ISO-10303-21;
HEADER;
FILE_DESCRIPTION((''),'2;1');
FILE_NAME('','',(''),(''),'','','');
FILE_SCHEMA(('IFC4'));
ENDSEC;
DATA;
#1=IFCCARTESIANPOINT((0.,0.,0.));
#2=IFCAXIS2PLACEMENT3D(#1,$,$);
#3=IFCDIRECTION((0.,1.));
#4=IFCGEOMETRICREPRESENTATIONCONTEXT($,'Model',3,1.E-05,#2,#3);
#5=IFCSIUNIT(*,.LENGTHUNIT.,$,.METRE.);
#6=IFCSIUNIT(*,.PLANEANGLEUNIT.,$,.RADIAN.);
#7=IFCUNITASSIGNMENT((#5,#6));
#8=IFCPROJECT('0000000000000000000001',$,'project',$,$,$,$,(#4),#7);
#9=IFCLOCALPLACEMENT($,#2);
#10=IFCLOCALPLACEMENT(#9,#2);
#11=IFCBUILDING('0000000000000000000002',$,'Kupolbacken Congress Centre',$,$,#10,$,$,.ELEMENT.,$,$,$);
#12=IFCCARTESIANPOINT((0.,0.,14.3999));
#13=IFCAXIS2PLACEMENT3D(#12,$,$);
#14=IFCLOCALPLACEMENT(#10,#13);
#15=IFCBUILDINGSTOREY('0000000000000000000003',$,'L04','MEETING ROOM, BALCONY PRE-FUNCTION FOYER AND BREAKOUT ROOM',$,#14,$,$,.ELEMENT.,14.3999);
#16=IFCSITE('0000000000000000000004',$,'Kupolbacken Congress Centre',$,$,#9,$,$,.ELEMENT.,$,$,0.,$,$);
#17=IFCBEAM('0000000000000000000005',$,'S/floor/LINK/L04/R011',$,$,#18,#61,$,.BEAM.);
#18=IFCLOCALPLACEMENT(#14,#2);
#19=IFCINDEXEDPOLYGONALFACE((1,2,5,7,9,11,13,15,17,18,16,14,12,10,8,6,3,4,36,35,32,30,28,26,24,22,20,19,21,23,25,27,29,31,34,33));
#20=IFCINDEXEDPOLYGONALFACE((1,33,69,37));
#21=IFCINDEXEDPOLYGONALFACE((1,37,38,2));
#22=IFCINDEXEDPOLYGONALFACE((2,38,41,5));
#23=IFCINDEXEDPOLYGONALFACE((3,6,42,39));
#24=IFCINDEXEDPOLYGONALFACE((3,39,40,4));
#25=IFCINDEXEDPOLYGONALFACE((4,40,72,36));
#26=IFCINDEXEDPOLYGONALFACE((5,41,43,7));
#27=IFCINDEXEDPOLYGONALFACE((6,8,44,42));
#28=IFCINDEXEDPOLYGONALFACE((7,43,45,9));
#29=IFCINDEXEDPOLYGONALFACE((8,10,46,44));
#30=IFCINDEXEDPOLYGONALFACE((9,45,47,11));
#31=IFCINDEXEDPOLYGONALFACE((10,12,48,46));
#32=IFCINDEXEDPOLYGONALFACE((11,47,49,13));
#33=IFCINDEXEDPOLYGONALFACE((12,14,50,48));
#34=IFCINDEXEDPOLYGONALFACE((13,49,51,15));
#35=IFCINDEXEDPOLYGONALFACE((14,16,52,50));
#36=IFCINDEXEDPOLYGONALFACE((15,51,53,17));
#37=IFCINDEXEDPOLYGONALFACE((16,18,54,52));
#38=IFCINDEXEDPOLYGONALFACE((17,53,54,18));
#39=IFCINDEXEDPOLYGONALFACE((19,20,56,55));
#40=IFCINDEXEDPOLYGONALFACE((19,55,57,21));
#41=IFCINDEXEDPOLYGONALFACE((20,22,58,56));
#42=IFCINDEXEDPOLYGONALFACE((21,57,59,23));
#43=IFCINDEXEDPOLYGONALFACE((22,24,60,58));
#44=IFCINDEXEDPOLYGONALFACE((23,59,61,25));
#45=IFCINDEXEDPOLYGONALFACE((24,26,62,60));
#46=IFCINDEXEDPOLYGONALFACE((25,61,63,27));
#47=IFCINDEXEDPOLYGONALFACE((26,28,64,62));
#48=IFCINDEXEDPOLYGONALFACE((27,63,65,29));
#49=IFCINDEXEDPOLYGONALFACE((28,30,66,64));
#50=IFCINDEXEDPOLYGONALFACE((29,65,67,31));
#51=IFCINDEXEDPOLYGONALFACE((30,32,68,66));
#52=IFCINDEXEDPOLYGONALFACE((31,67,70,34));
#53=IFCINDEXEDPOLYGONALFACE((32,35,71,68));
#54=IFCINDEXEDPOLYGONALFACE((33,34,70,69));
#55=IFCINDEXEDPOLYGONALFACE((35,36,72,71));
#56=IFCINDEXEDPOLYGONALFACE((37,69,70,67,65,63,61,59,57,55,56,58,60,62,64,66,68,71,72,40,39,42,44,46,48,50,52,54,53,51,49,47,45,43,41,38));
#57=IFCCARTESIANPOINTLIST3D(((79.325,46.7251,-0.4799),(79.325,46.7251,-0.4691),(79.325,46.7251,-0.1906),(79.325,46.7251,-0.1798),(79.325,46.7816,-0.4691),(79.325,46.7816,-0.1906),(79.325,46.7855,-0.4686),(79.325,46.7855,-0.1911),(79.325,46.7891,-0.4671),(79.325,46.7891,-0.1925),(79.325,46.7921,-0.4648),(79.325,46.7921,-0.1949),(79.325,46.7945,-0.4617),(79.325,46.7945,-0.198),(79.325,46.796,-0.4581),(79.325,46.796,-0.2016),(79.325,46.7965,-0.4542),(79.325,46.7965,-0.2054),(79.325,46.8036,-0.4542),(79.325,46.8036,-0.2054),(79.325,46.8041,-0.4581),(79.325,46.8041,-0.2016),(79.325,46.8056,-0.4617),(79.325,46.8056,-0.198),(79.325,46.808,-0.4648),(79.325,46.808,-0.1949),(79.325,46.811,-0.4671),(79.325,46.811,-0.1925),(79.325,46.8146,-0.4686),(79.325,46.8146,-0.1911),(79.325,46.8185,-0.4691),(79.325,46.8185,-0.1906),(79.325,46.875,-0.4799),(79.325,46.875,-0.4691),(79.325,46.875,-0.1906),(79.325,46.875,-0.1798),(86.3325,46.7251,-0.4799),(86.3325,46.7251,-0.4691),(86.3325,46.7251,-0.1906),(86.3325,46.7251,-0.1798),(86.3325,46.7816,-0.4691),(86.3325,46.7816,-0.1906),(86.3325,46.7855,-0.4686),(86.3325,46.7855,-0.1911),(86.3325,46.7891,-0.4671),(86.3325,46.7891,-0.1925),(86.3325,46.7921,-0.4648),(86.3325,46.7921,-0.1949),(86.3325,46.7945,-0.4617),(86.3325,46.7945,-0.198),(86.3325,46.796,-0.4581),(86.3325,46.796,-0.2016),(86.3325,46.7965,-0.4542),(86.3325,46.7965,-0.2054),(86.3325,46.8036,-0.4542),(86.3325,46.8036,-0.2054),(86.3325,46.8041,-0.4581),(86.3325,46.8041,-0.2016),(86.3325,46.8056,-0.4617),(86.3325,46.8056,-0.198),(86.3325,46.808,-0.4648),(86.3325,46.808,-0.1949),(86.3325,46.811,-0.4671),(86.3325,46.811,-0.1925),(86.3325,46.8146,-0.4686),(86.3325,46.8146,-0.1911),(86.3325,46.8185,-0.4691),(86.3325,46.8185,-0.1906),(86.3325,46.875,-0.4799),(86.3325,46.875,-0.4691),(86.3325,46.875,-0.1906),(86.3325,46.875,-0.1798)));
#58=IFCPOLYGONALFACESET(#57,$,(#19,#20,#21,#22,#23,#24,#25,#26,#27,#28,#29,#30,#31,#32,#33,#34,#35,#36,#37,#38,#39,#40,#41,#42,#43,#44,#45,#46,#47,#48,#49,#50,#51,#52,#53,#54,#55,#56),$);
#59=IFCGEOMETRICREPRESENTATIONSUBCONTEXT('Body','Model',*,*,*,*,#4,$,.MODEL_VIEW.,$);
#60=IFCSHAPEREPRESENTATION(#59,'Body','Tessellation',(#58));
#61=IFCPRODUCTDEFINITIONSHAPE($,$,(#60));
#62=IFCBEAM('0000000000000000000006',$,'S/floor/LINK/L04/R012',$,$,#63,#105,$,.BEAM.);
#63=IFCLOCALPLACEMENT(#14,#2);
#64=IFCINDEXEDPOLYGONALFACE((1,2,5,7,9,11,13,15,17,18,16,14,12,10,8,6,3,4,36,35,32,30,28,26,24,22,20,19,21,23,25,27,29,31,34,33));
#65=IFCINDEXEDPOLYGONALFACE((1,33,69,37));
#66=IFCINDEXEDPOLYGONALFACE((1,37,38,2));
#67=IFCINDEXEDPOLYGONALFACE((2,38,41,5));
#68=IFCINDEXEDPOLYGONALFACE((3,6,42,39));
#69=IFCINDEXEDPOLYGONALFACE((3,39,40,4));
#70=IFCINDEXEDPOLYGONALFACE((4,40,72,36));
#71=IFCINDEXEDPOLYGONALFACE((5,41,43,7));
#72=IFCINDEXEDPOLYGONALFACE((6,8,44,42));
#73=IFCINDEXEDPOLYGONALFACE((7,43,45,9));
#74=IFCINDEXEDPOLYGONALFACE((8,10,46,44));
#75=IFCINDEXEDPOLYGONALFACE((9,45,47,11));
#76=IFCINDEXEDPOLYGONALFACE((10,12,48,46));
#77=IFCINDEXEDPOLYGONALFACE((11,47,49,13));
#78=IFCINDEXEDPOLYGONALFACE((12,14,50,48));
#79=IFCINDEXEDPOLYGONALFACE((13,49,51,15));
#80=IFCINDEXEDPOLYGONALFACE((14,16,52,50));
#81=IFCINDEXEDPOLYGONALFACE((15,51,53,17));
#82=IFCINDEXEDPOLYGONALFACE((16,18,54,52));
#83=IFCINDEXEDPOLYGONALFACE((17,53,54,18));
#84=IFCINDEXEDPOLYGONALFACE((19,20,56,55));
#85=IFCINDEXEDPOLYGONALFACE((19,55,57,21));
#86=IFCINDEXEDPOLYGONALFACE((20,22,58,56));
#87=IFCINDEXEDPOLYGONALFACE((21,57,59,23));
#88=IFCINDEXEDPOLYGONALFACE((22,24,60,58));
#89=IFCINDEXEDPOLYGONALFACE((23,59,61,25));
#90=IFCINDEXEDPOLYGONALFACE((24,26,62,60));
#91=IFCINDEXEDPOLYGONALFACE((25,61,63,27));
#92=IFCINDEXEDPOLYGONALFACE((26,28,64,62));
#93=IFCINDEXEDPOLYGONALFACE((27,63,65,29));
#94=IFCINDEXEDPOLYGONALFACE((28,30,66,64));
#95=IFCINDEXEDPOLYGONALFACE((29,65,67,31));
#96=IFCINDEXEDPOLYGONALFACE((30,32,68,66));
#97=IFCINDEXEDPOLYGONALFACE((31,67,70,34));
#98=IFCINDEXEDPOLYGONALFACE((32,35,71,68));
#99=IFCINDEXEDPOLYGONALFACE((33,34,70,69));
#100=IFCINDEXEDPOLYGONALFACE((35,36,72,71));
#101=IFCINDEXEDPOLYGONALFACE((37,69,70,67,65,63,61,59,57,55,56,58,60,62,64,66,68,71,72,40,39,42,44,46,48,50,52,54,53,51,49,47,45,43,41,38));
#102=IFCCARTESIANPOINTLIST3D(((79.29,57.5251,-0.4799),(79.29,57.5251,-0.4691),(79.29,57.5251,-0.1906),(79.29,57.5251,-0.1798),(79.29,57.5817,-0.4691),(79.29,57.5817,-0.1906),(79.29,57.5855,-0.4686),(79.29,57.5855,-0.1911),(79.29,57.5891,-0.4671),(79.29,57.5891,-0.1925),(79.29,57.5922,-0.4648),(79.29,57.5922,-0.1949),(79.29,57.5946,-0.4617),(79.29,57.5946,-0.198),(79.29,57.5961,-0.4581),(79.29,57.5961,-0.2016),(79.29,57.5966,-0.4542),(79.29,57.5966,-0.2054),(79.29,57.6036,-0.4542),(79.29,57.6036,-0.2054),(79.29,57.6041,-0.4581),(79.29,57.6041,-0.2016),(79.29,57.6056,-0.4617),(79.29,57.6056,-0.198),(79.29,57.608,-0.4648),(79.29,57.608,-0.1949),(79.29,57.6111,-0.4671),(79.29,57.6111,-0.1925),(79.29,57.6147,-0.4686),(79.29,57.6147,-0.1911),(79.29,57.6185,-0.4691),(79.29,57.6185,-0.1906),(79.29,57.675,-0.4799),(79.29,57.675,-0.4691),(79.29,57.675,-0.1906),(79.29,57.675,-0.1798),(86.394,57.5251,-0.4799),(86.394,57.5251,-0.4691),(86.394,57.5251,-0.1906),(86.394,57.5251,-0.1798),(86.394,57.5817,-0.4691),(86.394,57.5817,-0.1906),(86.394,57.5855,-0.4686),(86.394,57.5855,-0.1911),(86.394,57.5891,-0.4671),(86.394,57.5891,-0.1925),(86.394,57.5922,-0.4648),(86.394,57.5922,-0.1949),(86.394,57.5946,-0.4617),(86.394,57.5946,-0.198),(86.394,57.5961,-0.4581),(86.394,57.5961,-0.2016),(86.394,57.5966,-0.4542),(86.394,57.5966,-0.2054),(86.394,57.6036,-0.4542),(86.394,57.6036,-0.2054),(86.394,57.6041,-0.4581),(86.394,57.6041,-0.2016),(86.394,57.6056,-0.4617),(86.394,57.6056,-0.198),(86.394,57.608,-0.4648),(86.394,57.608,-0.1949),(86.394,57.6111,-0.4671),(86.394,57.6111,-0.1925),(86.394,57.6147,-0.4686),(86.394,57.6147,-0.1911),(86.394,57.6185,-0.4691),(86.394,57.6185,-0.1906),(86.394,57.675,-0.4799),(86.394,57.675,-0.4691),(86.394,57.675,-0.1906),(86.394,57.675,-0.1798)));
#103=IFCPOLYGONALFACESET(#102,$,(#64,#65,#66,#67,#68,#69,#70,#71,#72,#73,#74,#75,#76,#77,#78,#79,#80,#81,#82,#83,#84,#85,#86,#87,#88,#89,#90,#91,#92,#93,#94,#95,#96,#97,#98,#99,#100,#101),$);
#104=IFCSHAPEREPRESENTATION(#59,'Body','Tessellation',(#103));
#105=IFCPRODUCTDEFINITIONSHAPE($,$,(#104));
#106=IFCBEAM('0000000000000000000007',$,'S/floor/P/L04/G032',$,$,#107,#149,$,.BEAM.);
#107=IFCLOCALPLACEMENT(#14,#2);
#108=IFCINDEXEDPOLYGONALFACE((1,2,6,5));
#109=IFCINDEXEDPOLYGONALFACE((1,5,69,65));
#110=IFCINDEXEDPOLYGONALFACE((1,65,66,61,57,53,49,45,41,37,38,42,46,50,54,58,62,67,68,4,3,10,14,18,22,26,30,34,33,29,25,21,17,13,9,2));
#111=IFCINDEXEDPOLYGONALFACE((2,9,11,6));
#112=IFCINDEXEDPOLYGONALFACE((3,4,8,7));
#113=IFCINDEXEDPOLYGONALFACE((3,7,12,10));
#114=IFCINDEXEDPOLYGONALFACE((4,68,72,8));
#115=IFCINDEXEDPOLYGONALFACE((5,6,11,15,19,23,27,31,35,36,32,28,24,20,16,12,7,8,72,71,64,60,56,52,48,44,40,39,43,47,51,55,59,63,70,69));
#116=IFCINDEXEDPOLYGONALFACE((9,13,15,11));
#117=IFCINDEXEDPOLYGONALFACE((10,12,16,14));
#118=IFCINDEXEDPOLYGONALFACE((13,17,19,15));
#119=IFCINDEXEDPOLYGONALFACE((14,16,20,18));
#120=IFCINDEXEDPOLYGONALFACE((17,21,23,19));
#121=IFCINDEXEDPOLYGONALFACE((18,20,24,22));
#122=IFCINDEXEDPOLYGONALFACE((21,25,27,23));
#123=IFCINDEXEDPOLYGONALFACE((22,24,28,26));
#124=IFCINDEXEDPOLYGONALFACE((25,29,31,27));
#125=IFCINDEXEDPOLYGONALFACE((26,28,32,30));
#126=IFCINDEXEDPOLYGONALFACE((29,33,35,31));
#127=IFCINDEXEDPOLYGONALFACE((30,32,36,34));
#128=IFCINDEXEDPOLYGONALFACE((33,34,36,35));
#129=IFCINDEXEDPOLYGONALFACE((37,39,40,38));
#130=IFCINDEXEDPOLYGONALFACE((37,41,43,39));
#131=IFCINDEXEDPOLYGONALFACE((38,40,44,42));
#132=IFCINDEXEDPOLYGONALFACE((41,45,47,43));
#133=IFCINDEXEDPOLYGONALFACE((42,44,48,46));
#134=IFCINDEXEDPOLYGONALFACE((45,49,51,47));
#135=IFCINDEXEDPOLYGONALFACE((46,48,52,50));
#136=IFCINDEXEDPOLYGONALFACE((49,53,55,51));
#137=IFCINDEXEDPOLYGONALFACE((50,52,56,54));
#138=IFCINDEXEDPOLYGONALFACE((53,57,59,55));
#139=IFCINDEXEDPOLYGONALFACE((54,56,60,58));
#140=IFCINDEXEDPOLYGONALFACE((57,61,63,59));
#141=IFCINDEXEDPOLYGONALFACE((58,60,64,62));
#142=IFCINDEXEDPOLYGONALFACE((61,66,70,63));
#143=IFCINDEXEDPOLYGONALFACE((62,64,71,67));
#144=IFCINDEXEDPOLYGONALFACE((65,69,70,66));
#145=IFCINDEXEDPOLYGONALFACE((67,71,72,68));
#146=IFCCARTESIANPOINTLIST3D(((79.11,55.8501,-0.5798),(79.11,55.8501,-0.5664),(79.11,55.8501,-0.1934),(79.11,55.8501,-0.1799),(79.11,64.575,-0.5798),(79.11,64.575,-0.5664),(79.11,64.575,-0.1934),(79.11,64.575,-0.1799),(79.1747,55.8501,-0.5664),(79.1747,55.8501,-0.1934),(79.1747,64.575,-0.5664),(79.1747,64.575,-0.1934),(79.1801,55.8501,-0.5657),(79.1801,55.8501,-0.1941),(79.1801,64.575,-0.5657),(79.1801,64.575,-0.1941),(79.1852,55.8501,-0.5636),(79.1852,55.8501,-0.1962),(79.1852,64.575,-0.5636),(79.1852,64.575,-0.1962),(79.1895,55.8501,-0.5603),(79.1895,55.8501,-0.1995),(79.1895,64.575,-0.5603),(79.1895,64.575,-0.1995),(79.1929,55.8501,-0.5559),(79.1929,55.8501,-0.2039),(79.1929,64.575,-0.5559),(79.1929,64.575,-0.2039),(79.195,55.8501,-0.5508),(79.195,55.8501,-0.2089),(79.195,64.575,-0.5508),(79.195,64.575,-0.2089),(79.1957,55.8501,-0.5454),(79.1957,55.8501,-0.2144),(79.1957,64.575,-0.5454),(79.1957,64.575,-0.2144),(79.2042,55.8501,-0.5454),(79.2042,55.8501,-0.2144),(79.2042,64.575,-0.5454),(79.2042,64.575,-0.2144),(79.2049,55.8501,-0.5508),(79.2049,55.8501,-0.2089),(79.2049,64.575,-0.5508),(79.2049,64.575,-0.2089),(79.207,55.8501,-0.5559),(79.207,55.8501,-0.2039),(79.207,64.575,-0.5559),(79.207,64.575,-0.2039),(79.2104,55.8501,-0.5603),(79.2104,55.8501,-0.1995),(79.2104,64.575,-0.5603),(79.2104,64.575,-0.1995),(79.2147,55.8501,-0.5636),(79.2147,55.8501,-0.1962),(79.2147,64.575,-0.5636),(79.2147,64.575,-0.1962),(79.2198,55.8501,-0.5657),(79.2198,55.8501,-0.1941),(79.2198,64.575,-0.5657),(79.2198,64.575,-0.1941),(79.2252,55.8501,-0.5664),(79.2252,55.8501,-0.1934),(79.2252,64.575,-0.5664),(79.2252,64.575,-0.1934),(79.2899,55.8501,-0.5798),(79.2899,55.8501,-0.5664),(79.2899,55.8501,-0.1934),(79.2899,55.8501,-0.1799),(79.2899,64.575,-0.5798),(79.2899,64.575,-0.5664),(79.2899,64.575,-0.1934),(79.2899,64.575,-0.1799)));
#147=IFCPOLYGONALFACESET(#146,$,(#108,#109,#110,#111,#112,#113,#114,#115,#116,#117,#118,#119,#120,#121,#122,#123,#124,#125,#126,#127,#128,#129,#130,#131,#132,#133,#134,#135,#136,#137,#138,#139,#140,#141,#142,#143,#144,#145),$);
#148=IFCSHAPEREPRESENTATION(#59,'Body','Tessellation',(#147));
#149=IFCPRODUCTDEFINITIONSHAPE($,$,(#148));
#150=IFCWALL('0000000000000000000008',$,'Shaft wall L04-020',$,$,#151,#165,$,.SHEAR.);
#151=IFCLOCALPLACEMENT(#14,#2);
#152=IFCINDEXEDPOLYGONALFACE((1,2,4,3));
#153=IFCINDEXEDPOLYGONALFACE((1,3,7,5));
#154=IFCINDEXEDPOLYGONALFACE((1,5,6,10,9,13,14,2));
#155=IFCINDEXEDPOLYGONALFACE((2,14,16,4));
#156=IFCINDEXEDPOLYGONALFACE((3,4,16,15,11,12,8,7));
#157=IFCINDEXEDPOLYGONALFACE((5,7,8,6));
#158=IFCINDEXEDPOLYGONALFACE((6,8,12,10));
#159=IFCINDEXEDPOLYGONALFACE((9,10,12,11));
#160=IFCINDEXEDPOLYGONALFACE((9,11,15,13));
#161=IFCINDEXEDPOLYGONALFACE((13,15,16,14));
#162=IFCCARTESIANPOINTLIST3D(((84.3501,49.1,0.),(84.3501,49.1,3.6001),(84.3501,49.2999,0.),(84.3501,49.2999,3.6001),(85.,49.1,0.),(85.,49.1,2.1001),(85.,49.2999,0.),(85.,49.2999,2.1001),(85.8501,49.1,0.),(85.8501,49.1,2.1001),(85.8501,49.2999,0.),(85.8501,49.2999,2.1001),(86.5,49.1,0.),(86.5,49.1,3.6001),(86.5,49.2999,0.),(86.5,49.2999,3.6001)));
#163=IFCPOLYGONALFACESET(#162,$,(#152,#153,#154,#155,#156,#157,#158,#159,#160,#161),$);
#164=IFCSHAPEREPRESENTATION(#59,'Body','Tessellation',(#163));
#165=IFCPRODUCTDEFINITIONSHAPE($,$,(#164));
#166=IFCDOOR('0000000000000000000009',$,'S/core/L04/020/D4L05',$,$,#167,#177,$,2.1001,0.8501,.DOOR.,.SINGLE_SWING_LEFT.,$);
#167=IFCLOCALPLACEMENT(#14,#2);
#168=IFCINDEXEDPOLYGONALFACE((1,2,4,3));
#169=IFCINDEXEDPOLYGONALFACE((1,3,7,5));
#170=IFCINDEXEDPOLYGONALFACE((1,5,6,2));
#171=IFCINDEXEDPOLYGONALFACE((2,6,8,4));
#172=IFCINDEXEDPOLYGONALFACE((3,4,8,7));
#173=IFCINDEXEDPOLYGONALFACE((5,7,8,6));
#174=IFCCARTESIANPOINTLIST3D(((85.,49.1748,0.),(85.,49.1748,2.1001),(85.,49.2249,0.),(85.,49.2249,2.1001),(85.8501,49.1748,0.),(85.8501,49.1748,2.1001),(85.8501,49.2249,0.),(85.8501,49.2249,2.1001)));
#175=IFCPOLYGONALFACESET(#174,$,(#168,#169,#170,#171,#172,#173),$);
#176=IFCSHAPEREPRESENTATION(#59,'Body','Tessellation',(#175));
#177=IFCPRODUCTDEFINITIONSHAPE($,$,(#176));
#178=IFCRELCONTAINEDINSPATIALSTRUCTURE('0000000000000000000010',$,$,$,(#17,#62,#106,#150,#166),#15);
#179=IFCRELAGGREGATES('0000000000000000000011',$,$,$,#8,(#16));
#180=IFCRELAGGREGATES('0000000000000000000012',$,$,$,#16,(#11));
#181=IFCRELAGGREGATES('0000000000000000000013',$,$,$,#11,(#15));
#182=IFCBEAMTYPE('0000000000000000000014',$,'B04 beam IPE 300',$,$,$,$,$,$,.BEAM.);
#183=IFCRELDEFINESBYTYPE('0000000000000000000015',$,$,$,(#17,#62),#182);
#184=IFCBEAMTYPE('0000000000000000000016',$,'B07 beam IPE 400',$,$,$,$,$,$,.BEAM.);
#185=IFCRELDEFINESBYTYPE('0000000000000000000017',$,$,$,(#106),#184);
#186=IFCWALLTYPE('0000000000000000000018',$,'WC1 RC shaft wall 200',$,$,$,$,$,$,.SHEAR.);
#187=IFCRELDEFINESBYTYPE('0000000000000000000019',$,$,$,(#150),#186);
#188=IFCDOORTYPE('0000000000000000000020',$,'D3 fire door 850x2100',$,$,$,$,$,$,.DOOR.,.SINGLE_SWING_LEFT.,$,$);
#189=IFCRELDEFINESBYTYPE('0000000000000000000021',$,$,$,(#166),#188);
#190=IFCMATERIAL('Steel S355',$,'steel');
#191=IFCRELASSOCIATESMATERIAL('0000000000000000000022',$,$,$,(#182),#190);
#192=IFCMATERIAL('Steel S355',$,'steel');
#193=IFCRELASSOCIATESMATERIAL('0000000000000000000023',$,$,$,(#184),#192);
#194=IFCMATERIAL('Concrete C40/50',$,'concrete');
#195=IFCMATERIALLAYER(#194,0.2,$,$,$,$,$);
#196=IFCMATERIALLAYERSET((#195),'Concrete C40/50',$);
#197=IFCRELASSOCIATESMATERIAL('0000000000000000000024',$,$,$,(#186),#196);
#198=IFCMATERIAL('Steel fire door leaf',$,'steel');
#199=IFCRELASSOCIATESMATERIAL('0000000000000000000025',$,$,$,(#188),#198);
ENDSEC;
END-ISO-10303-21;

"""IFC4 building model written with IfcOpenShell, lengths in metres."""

from ifc_helpers import new_model, si_unit, direction, frame, frame_2d, origin, origin_2d, place, context, subcontext, project, spatial, rectangle, i_section, extrude, material, layer, layer_set, material_profile, profile_set, type_object, element, fill, save


model = new_model("IFC4")

# Units and contexts
model_context = context("Model", 3, precision=1e-05, world=origin(), true_north=direction((0.0, 1.0)))
body_context = subcontext(model_context, "Body", "Model", "MODEL_VIEW")
ifc_project = project(units=[si_unit("LENGTHUNIT", "METRE"), si_unit("PLANEANGLEUNIT", "RADIAN")], contexts=[model_context])

# Site, building, storey
site_placement = place(None, origin())
site = spatial("IfcSite", under=ifc_project, at=site_placement, Name="Kupolbacken Congress Centre", CompositionType="ELEMENT", RefElevation=0.0)
building_placement = place(site_placement, origin())
building = spatial("IfcBuilding", under=site, at=building_placement, Name="Kupolbacken Congress Centre", CompositionType="ELEMENT")
storey_placement = place(building_placement, frame((0.0, 0.0, 14.3999)))
storey = spatial("IfcBuildingStorey", under=building, at=storey_placement, Name="L04", Description="MEETING ROOM, BALCONY PRE-FUNCTION FOYER AND BREAKOUT ROOM", CompositionType="ELEMENT", Elevation=14.3999)

# Beams
ifc_material_1 = material(Name="Steel S355", Category="steel")
ifc_material_profile_1 = material_profile(ifc_material_1, i_section(OverallWidth=0.1499, OverallDepth=0.3, WebThickness=0.0071, FlangeThickness=0.0107, FilletRadius=0.0149, at=origin_2d()), Name="IPE 300")
ifc_profile_set_1 = profile_set([ifc_material_profile_1], Name="Steel S355")
beam_type_1 = type_object("IfcBeamType", Name="B04 beam IPE 300", PredefinedType="BEAM", material=ifc_profile_set_1)
beam_1_placement = place(storey_placement, frame((79.325, 46.8, -0.3298), z_axis=(1.0, 0.0, 0.0), x_axis=(0.0, 1.0, 0.0)))
element("IfcBeam", 1, at=beam_1_placement, inside=storey, type_object=beam_type_1, Name="S/floor/LINK/L04/R011", PredefinedType="BEAM", context=body_context, shape_type="SweptSolid", body=[
    extrude(i_section(OverallWidth=0.1499, OverallDepth=0.3, WebThickness=0.0071, FlangeThickness=0.0107, FilletRadius=0.0149, at=origin_2d()), origin(), (0.0, 0.0, 1.0), 7.0076),
])
beam_2_placement = place(storey_placement, frame((79.29, 57.6001, -0.3298), z_axis=(1.0, 0.0, 0.0), x_axis=(0.0, 1.0, 0.0)))
element("IfcBeam", 2, at=beam_2_placement, inside=storey, type_object=beam_type_1, Name="S/floor/LINK/L04/R012", PredefinedType="BEAM", context=body_context, shape_type="SweptSolid", body=[
    extrude(i_section(OverallWidth=0.1499, OverallDepth=0.3, WebThickness=0.0071, FlangeThickness=0.0107, FilletRadius=0.0149, at=origin_2d()), origin(), (0.0, 0.0, 1.0), 7.104),
])
ifc_material_2 = material(Name="Steel S355", Category="steel")
ifc_material_profile_2 = material_profile(ifc_material_2, i_section(OverallWidth=0.1799, OverallDepth=0.3999, WebThickness=0.0085, FlangeThickness=0.0134, FilletRadius=0.021, at=origin_2d()), Name="IPE 400")
ifc_profile_set_2 = profile_set([ifc_material_profile_2], Name="Steel S355")
beam_type_2 = type_object("IfcBeamType", Name="B07 beam IPE 400", PredefinedType="BEAM", material=ifc_profile_set_2)
beam_3_placement = place(storey_placement, frame((79.2, 55.8501, -0.3799), z_axis=(0.0, 1.0, 0.0), x_axis=(-1.0, 0.0, 0.0)))
element("IfcBeam", 3, at=beam_3_placement, inside=storey, type_object=beam_type_2, Name="S/floor/P/L04/G032", PredefinedType="BEAM", context=body_context, shape_type="SweptSolid", body=[
    extrude(i_section(OverallWidth=0.1799, OverallDepth=0.3999, WebThickness=0.0085, FlangeThickness=0.0134, FilletRadius=0.021, at=origin_2d()), origin(), (0.0, 0.0, 1.0), 8.7249),
])

# Wall, opening, door
ifc_material_3 = material(Name="Concrete C40/50", Category="concrete")
ifc_layer_1 = layer(ifc_material_3, 0.2)
ifc_layer_set_1 = layer_set([ifc_layer_1], Name="Concrete C40/50")
wall_type_1 = type_object("IfcWallType", Name="WC1 RC shaft wall 200", PredefinedType="SHEAR", material=ifc_layer_set_1)
wall_1_placement = place(storey_placement, frame((84.3501, 49.2, 0.0), z_axis=(0.0, 0.0, 1.0), x_axis=(1.0, 0.0, 0.0)))
wall_1 = element("IfcWall", 4, at=wall_1_placement, inside=storey, type_object=wall_type_1, Name="Shaft wall L04-020", PredefinedType="SHEAR", context=body_context, shape_type="SweptSolid", body=[
    extrude(rectangle(XDim=2.1499, YDim=0.2, at=frame_2d((1.075, 0.0))), origin(), (0.0, 0.0, 1.0), 3.6001),
])
opening_1_placement = place(wall_1_placement, frame((0.6499, 0.0, 0.0)))
opening_1 = element("IfcOpeningElement", 5, at=opening_1_placement, cuts=wall_1, PredefinedType="OPENING", context=body_context, shape_type="SweptSolid", body=[
    extrude(rectangle(XDim=0.8501, YDim=2.1001, at=frame_2d((0.425, 1.05))), frame((0.0, 0.1099, 0.0), z_axis=(0.0, -1.0, 0.0), x_axis=(1.0, 0.0, 0.0)), (0.0, 0.0, 1.0), 0.22),
])
ifc_material_4 = material(Name="Steel fire door leaf", Category="steel")
door_type_1 = type_object("IfcDoorType", Name="D3 fire door 850x2100", OperationType="SINGLE_SWING_LEFT", PredefinedType="DOOR", material=ifc_material_4)
door_1_placement = place(opening_1_placement, origin())
door_1 = element("IfcDoor", 6, at=door_1_placement, inside=storey, type_object=door_type_1, Name="S/core/L04/020/D4L05", OperationType="SINGLE_SWING_LEFT", OverallHeight=2.1001, OverallWidth=0.8501, PredefinedType="DOOR", context=body_context, shape_type="SweptSolid", body=[
    extrude(rectangle(XDim=0.8501, YDim=2.1001, at=frame_2d((0.425, 1.05))), frame((0.0, 0.0249, 0.0), z_axis=(0.0, -1.0, 0.0), x_axis=(1.0, 0.0, 0.0)), (0.0, 0.0, 1.0), 0.05),
])
fill(opening_1, door_1)

save(model, "model.ifc")
